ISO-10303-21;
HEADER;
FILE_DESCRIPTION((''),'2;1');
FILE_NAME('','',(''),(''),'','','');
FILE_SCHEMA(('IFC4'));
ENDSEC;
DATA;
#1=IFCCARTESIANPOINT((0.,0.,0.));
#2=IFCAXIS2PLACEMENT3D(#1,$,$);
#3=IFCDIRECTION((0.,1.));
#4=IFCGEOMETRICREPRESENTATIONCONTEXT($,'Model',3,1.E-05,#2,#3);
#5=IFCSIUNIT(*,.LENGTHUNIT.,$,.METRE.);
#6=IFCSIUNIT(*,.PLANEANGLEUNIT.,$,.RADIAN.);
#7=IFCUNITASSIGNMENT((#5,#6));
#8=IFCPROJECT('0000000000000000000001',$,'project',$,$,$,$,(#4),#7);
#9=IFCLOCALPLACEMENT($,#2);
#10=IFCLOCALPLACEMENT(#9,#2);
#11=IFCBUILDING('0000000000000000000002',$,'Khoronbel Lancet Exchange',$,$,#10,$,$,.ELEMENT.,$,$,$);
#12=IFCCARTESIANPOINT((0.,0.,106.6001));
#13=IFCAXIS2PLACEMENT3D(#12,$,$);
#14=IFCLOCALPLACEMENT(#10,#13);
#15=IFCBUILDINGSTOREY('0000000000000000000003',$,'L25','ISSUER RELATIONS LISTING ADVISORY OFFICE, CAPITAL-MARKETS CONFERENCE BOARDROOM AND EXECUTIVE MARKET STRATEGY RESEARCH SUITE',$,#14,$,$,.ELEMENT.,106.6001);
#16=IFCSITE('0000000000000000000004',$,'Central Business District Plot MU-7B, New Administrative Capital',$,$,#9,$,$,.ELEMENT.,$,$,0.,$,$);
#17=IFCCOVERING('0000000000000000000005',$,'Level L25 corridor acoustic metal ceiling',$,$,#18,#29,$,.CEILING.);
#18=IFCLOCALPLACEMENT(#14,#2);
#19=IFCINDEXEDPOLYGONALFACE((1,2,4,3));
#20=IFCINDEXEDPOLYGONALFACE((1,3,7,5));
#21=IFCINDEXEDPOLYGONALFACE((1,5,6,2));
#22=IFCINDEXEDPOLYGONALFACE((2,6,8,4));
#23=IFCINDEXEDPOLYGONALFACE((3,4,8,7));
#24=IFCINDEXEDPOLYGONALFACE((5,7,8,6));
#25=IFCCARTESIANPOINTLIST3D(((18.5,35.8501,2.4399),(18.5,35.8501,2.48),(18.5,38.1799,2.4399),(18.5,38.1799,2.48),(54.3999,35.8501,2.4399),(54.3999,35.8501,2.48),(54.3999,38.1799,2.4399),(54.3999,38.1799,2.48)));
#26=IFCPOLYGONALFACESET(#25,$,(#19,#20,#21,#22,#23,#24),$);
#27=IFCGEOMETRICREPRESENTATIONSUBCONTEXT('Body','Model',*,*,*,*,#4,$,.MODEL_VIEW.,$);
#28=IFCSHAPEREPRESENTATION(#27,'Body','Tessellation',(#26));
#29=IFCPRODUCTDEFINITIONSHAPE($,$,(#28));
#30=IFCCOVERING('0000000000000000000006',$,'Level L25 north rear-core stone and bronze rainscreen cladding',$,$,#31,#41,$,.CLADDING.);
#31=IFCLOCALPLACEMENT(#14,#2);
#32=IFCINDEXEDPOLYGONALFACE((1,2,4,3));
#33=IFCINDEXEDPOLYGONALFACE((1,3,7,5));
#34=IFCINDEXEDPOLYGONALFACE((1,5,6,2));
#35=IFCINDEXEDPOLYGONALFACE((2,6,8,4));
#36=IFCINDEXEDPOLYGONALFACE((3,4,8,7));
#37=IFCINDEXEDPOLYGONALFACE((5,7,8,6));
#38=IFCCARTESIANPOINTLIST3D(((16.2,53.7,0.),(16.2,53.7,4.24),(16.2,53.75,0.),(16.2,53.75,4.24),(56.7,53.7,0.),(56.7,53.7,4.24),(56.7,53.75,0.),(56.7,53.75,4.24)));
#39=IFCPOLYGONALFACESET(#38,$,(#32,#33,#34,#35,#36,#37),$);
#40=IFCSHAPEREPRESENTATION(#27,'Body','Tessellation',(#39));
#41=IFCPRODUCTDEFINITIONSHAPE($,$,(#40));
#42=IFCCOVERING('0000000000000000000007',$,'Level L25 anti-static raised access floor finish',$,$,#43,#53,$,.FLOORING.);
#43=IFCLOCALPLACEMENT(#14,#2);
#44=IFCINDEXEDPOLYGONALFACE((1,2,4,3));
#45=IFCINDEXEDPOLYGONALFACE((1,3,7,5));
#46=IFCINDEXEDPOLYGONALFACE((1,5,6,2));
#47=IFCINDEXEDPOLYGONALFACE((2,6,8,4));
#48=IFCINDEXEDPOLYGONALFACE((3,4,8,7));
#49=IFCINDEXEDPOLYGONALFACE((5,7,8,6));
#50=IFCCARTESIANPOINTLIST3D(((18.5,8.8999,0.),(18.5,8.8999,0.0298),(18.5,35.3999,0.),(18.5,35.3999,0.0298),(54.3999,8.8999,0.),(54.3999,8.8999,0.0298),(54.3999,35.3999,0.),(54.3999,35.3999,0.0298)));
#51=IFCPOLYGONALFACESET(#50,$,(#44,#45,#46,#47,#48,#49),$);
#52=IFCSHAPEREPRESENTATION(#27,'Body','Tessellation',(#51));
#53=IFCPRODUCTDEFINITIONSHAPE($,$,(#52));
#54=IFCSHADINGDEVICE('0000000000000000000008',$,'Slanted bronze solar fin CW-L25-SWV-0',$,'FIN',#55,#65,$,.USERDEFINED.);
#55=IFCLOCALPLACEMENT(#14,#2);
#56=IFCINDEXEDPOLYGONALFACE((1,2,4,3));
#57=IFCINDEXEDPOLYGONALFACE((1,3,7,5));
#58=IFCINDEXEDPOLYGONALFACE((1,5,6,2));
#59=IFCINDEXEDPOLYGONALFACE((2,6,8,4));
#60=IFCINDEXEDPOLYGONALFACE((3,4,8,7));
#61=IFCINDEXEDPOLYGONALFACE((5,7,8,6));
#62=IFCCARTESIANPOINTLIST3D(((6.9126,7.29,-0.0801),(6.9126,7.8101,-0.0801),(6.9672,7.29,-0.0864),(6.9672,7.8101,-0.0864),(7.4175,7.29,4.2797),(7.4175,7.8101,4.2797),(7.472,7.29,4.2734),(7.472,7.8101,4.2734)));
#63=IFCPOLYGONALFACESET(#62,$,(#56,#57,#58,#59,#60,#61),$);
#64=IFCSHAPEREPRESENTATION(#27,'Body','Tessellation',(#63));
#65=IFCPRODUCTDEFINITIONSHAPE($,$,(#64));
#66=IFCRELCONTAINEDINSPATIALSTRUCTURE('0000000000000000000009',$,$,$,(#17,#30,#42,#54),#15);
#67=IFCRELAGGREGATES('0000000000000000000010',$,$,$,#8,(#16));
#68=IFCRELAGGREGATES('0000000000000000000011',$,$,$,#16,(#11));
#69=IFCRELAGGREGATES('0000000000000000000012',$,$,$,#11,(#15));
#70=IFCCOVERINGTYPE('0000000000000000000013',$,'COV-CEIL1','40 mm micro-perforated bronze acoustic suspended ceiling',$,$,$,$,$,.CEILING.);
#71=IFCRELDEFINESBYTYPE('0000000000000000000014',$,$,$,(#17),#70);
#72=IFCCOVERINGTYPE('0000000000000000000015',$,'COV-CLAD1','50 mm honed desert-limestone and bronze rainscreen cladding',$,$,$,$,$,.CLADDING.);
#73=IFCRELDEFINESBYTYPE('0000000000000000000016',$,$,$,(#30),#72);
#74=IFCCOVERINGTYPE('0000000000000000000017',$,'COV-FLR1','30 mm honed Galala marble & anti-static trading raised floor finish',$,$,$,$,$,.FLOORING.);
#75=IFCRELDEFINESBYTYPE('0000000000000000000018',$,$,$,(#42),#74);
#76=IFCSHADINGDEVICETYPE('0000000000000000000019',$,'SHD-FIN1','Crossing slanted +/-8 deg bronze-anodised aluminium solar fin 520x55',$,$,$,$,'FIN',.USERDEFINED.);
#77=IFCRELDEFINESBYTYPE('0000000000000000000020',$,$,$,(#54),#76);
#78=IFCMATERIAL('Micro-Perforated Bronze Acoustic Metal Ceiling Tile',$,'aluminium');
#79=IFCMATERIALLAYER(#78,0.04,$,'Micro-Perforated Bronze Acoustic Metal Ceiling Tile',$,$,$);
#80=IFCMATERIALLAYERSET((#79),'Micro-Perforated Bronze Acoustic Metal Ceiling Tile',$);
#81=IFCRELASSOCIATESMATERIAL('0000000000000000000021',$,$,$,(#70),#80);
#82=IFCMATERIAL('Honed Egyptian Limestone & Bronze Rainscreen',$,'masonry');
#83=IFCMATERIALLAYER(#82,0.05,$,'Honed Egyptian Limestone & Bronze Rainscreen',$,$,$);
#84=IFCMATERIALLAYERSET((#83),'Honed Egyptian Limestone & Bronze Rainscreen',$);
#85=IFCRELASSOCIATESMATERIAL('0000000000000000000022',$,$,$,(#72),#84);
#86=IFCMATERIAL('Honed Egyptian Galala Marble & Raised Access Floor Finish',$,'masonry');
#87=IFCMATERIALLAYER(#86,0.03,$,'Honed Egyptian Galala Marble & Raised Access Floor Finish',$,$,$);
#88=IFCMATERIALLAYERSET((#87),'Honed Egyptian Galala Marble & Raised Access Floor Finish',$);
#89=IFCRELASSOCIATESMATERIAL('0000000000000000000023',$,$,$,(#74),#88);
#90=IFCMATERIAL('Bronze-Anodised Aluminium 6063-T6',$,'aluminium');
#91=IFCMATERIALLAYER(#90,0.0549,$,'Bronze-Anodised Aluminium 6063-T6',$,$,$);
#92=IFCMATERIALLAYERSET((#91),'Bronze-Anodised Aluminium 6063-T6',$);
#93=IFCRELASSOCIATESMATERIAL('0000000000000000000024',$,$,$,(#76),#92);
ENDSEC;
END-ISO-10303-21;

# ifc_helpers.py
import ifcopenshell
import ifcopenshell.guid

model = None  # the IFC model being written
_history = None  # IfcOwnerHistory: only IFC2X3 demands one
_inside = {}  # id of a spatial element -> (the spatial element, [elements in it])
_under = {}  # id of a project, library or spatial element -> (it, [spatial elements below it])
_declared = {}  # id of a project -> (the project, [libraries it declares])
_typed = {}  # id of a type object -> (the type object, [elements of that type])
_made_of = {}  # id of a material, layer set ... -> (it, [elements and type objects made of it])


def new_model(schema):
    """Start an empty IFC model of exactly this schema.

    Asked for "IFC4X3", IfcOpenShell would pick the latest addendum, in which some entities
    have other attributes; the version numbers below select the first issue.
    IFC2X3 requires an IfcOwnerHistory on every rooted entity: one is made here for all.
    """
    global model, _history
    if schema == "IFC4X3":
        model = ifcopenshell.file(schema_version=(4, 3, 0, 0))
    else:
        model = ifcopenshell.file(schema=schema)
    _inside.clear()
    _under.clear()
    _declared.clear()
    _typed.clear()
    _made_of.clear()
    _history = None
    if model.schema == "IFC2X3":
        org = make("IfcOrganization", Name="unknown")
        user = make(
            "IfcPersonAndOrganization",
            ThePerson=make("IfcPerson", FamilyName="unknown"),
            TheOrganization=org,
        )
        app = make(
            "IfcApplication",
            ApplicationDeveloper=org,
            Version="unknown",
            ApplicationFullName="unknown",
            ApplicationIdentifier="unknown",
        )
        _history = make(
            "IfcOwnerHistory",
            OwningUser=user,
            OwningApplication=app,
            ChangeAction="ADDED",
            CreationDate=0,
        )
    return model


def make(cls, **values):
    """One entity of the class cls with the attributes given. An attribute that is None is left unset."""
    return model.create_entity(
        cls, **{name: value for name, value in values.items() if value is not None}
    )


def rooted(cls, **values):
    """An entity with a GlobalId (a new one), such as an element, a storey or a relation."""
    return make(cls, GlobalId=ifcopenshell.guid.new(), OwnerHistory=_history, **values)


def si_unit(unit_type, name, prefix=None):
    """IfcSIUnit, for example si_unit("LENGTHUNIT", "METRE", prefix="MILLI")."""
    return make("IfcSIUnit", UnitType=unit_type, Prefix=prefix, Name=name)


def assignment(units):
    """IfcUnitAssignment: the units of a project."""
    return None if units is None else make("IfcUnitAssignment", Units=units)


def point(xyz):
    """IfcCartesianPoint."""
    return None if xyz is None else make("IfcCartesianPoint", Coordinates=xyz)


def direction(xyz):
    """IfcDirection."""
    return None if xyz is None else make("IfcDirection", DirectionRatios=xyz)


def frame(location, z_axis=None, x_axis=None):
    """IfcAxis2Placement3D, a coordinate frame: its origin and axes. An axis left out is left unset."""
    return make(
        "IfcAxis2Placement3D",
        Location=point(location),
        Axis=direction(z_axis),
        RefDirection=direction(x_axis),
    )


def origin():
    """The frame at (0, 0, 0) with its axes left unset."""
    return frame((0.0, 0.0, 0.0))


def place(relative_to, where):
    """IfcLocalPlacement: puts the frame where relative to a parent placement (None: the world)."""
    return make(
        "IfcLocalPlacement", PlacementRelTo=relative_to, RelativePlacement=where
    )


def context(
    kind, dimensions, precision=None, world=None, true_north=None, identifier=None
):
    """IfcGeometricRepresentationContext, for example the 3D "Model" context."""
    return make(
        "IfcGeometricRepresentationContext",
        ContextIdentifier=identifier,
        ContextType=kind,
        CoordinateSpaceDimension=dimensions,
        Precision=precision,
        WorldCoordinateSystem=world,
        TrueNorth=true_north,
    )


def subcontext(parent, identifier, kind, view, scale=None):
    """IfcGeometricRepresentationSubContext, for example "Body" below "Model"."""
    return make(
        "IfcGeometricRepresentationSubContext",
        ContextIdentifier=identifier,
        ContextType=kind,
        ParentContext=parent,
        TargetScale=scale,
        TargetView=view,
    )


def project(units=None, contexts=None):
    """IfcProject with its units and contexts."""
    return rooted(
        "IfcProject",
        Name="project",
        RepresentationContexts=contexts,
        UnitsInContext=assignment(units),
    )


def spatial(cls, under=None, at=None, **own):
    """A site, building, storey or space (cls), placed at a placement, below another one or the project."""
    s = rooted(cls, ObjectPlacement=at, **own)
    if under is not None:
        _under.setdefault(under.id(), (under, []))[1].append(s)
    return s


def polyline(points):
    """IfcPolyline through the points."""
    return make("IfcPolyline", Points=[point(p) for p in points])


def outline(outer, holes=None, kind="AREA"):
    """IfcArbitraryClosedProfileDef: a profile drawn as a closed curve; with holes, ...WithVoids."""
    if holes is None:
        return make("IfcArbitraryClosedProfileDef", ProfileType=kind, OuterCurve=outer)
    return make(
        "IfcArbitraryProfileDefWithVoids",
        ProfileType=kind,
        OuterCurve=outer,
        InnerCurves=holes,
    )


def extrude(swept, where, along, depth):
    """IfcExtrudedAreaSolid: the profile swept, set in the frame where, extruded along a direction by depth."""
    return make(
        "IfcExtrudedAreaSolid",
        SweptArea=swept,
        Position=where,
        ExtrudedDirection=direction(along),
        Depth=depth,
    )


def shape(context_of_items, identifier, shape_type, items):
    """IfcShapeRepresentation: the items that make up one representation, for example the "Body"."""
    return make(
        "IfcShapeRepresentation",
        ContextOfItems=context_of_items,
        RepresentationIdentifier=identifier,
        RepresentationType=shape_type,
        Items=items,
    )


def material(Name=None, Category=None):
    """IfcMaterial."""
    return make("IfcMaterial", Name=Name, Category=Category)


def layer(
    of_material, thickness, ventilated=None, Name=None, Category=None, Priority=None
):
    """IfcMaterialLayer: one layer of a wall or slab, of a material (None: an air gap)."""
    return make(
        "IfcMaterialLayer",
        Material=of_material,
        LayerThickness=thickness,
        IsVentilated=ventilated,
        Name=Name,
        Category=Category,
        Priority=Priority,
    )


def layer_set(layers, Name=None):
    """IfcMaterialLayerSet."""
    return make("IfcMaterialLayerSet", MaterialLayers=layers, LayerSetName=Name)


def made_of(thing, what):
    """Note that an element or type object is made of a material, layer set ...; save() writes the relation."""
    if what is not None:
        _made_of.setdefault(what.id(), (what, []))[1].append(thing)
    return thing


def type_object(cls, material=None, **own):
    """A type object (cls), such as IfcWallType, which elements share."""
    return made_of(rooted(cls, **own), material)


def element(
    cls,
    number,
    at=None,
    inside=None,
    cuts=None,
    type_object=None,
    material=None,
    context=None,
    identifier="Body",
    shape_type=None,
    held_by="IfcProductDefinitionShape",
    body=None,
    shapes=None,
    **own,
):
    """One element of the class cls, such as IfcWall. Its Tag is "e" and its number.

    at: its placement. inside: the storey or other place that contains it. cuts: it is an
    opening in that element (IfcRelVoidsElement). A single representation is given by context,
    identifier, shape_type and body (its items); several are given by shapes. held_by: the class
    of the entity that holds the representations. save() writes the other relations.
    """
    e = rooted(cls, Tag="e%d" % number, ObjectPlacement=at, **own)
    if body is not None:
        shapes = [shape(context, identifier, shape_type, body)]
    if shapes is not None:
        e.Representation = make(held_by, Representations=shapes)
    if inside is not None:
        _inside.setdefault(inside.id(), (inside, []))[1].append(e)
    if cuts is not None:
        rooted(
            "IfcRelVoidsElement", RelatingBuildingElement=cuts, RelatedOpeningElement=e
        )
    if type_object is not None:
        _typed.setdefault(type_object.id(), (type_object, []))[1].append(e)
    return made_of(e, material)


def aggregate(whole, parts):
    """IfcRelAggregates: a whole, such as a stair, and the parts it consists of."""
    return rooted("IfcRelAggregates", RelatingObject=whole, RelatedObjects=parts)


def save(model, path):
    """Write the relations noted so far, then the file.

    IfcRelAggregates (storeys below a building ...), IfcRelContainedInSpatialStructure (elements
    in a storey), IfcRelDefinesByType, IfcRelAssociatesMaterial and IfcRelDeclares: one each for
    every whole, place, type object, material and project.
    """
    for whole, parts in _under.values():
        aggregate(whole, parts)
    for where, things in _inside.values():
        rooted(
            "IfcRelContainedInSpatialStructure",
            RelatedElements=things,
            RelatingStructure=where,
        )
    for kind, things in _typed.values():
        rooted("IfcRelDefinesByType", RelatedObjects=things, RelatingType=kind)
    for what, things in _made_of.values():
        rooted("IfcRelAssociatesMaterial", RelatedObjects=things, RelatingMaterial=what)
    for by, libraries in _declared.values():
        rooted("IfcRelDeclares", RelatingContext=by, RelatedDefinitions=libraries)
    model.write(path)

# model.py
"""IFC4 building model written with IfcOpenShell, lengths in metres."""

from ifc_helpers import new_model, si_unit, direction, frame, origin, place, context, subcontext, project, spatial, polyline, outline, extrude, material, layer, layer_set, type_object, element, save


model = new_model("IFC4")

# Units and contexts
model_context = context("Model", 3, precision=1e-05, world=origin(), true_north=direction((0.0, 1.0)))
body_context = subcontext(model_context, "Body", "Model", "MODEL_VIEW")
ifc_project = project(units=[si_unit("LENGTHUNIT", "METRE"), si_unit("PLANEANGLEUNIT", "RADIAN")], contexts=[model_context])

# Site, building, storey
site_placement = place(None, origin())
site = spatial("IfcSite", under=ifc_project, at=site_placement, Name="Central Business District Plot MU-7B, New Administrative Capital", CompositionType="ELEMENT", RefElevation=0.0)
building_placement = place(site_placement, origin())
building = spatial("IfcBuilding", under=site, at=building_placement, Name="Khoronbel Lancet Exchange", CompositionType="ELEMENT")
storey_placement = place(building_placement, frame((0.0, 0.0, 106.6001)))
storey = spatial("IfcBuildingStorey", under=building, at=storey_placement, Name="L25", Description="ISSUER RELATIONS LISTING ADVISORY OFFICE, CAPITAL-MARKETS CONFERENCE BOARDROOM AND EXECUTIVE MARKET STRATEGY RESEARCH SUITE", CompositionType="ELEMENT", Elevation=106.6001)

# Shared definitions
ifc_material_1 = material(Name="Bronze-Anodised Aluminium 6063-T6", Category="aluminium")

# Coverings
ifc_material_2 = material(Name="Micro-Perforated Bronze Acoustic Metal Ceiling Tile", Category="aluminium")
ifc_layer_1 = layer(ifc_material_2, 0.04, Name="Micro-Perforated Bronze Acoustic Metal Ceiling Tile")
ifc_layer_set_1 = layer_set([ifc_layer_1], Name="Micro-Perforated Bronze Acoustic Metal Ceiling Tile")
covering_type_1 = type_object("IfcCoveringType", Name="COV-CEIL1", Description="40 mm micro-perforated bronze acoustic suspended ceiling", PredefinedType="CEILING", material=ifc_layer_set_1)
covering_1_placement = place(storey_placement, frame((0.0, 0.0, 2.4399)))
element("IfcCovering", 1, at=covering_1_placement, inside=storey, type_object=covering_type_1, Name="Level L25 corridor acoustic metal ceiling", PredefinedType="CEILING", context=body_context, shape_type="SweptSolid", body=[
    extrude(outline(polyline([(18.5, 35.8501), (54.3999, 35.8501), (54.3999, 38.1799), (18.5, 38.1799), (18.5, 35.8501)])), origin(), (0.0, 0.0, 1.0), 0.04),
])
ifc_material_3 = material(Name="Honed Egyptian Limestone & Bronze Rainscreen", Category="masonry")
ifc_layer_2 = layer(ifc_material_3, 0.05, Name="Honed Egyptian Limestone & Bronze Rainscreen")
ifc_layer_set_2 = layer_set([ifc_layer_2], Name="Honed Egyptian Limestone & Bronze Rainscreen")
covering_type_2 = type_object("IfcCoveringType", Name="COV-CLAD1", Description="50 mm honed desert-limestone and bronze rainscreen cladding", PredefinedType="CLADDING", material=ifc_layer_set_2)
covering_2_placement = place(storey_placement, origin())
element("IfcCovering", 2, at=covering_2_placement, inside=storey, type_object=covering_type_2, Name="Level L25 north rear-core stone and bronze rainscreen cladding", PredefinedType="CLADDING", context=body_context, shape_type="SweptSolid", body=[
    extrude(outline(polyline([(16.2, 53.7), (56.7, 53.7), (56.7, 53.75), (16.2, 53.75), (16.2, 53.7)])), origin(), (0.0, 0.0, 1.0), 4.24),
])
ifc_material_4 = material(Name="Honed Egyptian Galala Marble & Raised Access Floor Finish", Category="masonry")
ifc_layer_3 = layer(ifc_material_4, 0.03, Name="Honed Egyptian Galala Marble & Raised Access Floor Finish")
ifc_layer_set_3 = layer_set([ifc_layer_3], Name="Honed Egyptian Galala Marble & Raised Access Floor Finish")
covering_type_3 = type_object("IfcCoveringType", Name="COV-FLR1", Description="30 mm honed Galala marble & anti-static trading raised floor finish", PredefinedType="FLOORING", material=ifc_layer_set_3)
covering_3_placement = place(storey_placement, origin())
element("IfcCovering", 3, at=covering_3_placement, inside=storey, type_object=covering_type_3, Name="Level L25 anti-static raised access floor finish", PredefinedType="FLOORING", context=body_context, shape_type="SweptSolid", body=[
    extrude(outline(polyline([(18.5, 8.8999), (54.3999, 8.8999), (54.3999, 35.3999), (18.5, 35.3999), (18.5, 8.8999)])), origin(), (0.0, 0.0, 1.0), 0.0298),
])

# Shading device
ifc_layer_4 = layer(ifc_material_1, 0.0549, Name="Bronze-Anodised Aluminium 6063-T6")
ifc_layer_set_4 = layer_set([ifc_layer_4], Name="Bronze-Anodised Aluminium 6063-T6")
shading_device_type = type_object("IfcShadingDeviceType", Name="SHD-FIN1", Description="Crossing slanted +/-8 deg bronze-anodised aluminium solar fin 520x55", ElementType="FIN", PredefinedType="USERDEFINED", material=ifc_layer_set_4)
shading_device_placement = place(storey_placement, frame((6.9126, 7.8101, -0.0801), z_axis=(-0.993362, 0.0, 0.115034), x_axis=(0.0, -1.0, 0.0)))
element("IfcShadingDevice", 4, at=shading_device_placement, inside=storey, type_object=shading_device_type, Name="Slanted bronze solar fin CW-L25-SWV-0", ObjectType="FIN", PredefinedType="USERDEFINED", context=body_context, shape_type="SweptSolid", body=[
    extrude(outline(polyline([(0.0, 0.0), (0.52, 0.0), (0.52, 4.3889), (0.0, 4.3889), (0.0, 0.0)])), origin(), (0.0, 0.0, -1.0), 0.0549),
])

save(model, "model.ifc")
